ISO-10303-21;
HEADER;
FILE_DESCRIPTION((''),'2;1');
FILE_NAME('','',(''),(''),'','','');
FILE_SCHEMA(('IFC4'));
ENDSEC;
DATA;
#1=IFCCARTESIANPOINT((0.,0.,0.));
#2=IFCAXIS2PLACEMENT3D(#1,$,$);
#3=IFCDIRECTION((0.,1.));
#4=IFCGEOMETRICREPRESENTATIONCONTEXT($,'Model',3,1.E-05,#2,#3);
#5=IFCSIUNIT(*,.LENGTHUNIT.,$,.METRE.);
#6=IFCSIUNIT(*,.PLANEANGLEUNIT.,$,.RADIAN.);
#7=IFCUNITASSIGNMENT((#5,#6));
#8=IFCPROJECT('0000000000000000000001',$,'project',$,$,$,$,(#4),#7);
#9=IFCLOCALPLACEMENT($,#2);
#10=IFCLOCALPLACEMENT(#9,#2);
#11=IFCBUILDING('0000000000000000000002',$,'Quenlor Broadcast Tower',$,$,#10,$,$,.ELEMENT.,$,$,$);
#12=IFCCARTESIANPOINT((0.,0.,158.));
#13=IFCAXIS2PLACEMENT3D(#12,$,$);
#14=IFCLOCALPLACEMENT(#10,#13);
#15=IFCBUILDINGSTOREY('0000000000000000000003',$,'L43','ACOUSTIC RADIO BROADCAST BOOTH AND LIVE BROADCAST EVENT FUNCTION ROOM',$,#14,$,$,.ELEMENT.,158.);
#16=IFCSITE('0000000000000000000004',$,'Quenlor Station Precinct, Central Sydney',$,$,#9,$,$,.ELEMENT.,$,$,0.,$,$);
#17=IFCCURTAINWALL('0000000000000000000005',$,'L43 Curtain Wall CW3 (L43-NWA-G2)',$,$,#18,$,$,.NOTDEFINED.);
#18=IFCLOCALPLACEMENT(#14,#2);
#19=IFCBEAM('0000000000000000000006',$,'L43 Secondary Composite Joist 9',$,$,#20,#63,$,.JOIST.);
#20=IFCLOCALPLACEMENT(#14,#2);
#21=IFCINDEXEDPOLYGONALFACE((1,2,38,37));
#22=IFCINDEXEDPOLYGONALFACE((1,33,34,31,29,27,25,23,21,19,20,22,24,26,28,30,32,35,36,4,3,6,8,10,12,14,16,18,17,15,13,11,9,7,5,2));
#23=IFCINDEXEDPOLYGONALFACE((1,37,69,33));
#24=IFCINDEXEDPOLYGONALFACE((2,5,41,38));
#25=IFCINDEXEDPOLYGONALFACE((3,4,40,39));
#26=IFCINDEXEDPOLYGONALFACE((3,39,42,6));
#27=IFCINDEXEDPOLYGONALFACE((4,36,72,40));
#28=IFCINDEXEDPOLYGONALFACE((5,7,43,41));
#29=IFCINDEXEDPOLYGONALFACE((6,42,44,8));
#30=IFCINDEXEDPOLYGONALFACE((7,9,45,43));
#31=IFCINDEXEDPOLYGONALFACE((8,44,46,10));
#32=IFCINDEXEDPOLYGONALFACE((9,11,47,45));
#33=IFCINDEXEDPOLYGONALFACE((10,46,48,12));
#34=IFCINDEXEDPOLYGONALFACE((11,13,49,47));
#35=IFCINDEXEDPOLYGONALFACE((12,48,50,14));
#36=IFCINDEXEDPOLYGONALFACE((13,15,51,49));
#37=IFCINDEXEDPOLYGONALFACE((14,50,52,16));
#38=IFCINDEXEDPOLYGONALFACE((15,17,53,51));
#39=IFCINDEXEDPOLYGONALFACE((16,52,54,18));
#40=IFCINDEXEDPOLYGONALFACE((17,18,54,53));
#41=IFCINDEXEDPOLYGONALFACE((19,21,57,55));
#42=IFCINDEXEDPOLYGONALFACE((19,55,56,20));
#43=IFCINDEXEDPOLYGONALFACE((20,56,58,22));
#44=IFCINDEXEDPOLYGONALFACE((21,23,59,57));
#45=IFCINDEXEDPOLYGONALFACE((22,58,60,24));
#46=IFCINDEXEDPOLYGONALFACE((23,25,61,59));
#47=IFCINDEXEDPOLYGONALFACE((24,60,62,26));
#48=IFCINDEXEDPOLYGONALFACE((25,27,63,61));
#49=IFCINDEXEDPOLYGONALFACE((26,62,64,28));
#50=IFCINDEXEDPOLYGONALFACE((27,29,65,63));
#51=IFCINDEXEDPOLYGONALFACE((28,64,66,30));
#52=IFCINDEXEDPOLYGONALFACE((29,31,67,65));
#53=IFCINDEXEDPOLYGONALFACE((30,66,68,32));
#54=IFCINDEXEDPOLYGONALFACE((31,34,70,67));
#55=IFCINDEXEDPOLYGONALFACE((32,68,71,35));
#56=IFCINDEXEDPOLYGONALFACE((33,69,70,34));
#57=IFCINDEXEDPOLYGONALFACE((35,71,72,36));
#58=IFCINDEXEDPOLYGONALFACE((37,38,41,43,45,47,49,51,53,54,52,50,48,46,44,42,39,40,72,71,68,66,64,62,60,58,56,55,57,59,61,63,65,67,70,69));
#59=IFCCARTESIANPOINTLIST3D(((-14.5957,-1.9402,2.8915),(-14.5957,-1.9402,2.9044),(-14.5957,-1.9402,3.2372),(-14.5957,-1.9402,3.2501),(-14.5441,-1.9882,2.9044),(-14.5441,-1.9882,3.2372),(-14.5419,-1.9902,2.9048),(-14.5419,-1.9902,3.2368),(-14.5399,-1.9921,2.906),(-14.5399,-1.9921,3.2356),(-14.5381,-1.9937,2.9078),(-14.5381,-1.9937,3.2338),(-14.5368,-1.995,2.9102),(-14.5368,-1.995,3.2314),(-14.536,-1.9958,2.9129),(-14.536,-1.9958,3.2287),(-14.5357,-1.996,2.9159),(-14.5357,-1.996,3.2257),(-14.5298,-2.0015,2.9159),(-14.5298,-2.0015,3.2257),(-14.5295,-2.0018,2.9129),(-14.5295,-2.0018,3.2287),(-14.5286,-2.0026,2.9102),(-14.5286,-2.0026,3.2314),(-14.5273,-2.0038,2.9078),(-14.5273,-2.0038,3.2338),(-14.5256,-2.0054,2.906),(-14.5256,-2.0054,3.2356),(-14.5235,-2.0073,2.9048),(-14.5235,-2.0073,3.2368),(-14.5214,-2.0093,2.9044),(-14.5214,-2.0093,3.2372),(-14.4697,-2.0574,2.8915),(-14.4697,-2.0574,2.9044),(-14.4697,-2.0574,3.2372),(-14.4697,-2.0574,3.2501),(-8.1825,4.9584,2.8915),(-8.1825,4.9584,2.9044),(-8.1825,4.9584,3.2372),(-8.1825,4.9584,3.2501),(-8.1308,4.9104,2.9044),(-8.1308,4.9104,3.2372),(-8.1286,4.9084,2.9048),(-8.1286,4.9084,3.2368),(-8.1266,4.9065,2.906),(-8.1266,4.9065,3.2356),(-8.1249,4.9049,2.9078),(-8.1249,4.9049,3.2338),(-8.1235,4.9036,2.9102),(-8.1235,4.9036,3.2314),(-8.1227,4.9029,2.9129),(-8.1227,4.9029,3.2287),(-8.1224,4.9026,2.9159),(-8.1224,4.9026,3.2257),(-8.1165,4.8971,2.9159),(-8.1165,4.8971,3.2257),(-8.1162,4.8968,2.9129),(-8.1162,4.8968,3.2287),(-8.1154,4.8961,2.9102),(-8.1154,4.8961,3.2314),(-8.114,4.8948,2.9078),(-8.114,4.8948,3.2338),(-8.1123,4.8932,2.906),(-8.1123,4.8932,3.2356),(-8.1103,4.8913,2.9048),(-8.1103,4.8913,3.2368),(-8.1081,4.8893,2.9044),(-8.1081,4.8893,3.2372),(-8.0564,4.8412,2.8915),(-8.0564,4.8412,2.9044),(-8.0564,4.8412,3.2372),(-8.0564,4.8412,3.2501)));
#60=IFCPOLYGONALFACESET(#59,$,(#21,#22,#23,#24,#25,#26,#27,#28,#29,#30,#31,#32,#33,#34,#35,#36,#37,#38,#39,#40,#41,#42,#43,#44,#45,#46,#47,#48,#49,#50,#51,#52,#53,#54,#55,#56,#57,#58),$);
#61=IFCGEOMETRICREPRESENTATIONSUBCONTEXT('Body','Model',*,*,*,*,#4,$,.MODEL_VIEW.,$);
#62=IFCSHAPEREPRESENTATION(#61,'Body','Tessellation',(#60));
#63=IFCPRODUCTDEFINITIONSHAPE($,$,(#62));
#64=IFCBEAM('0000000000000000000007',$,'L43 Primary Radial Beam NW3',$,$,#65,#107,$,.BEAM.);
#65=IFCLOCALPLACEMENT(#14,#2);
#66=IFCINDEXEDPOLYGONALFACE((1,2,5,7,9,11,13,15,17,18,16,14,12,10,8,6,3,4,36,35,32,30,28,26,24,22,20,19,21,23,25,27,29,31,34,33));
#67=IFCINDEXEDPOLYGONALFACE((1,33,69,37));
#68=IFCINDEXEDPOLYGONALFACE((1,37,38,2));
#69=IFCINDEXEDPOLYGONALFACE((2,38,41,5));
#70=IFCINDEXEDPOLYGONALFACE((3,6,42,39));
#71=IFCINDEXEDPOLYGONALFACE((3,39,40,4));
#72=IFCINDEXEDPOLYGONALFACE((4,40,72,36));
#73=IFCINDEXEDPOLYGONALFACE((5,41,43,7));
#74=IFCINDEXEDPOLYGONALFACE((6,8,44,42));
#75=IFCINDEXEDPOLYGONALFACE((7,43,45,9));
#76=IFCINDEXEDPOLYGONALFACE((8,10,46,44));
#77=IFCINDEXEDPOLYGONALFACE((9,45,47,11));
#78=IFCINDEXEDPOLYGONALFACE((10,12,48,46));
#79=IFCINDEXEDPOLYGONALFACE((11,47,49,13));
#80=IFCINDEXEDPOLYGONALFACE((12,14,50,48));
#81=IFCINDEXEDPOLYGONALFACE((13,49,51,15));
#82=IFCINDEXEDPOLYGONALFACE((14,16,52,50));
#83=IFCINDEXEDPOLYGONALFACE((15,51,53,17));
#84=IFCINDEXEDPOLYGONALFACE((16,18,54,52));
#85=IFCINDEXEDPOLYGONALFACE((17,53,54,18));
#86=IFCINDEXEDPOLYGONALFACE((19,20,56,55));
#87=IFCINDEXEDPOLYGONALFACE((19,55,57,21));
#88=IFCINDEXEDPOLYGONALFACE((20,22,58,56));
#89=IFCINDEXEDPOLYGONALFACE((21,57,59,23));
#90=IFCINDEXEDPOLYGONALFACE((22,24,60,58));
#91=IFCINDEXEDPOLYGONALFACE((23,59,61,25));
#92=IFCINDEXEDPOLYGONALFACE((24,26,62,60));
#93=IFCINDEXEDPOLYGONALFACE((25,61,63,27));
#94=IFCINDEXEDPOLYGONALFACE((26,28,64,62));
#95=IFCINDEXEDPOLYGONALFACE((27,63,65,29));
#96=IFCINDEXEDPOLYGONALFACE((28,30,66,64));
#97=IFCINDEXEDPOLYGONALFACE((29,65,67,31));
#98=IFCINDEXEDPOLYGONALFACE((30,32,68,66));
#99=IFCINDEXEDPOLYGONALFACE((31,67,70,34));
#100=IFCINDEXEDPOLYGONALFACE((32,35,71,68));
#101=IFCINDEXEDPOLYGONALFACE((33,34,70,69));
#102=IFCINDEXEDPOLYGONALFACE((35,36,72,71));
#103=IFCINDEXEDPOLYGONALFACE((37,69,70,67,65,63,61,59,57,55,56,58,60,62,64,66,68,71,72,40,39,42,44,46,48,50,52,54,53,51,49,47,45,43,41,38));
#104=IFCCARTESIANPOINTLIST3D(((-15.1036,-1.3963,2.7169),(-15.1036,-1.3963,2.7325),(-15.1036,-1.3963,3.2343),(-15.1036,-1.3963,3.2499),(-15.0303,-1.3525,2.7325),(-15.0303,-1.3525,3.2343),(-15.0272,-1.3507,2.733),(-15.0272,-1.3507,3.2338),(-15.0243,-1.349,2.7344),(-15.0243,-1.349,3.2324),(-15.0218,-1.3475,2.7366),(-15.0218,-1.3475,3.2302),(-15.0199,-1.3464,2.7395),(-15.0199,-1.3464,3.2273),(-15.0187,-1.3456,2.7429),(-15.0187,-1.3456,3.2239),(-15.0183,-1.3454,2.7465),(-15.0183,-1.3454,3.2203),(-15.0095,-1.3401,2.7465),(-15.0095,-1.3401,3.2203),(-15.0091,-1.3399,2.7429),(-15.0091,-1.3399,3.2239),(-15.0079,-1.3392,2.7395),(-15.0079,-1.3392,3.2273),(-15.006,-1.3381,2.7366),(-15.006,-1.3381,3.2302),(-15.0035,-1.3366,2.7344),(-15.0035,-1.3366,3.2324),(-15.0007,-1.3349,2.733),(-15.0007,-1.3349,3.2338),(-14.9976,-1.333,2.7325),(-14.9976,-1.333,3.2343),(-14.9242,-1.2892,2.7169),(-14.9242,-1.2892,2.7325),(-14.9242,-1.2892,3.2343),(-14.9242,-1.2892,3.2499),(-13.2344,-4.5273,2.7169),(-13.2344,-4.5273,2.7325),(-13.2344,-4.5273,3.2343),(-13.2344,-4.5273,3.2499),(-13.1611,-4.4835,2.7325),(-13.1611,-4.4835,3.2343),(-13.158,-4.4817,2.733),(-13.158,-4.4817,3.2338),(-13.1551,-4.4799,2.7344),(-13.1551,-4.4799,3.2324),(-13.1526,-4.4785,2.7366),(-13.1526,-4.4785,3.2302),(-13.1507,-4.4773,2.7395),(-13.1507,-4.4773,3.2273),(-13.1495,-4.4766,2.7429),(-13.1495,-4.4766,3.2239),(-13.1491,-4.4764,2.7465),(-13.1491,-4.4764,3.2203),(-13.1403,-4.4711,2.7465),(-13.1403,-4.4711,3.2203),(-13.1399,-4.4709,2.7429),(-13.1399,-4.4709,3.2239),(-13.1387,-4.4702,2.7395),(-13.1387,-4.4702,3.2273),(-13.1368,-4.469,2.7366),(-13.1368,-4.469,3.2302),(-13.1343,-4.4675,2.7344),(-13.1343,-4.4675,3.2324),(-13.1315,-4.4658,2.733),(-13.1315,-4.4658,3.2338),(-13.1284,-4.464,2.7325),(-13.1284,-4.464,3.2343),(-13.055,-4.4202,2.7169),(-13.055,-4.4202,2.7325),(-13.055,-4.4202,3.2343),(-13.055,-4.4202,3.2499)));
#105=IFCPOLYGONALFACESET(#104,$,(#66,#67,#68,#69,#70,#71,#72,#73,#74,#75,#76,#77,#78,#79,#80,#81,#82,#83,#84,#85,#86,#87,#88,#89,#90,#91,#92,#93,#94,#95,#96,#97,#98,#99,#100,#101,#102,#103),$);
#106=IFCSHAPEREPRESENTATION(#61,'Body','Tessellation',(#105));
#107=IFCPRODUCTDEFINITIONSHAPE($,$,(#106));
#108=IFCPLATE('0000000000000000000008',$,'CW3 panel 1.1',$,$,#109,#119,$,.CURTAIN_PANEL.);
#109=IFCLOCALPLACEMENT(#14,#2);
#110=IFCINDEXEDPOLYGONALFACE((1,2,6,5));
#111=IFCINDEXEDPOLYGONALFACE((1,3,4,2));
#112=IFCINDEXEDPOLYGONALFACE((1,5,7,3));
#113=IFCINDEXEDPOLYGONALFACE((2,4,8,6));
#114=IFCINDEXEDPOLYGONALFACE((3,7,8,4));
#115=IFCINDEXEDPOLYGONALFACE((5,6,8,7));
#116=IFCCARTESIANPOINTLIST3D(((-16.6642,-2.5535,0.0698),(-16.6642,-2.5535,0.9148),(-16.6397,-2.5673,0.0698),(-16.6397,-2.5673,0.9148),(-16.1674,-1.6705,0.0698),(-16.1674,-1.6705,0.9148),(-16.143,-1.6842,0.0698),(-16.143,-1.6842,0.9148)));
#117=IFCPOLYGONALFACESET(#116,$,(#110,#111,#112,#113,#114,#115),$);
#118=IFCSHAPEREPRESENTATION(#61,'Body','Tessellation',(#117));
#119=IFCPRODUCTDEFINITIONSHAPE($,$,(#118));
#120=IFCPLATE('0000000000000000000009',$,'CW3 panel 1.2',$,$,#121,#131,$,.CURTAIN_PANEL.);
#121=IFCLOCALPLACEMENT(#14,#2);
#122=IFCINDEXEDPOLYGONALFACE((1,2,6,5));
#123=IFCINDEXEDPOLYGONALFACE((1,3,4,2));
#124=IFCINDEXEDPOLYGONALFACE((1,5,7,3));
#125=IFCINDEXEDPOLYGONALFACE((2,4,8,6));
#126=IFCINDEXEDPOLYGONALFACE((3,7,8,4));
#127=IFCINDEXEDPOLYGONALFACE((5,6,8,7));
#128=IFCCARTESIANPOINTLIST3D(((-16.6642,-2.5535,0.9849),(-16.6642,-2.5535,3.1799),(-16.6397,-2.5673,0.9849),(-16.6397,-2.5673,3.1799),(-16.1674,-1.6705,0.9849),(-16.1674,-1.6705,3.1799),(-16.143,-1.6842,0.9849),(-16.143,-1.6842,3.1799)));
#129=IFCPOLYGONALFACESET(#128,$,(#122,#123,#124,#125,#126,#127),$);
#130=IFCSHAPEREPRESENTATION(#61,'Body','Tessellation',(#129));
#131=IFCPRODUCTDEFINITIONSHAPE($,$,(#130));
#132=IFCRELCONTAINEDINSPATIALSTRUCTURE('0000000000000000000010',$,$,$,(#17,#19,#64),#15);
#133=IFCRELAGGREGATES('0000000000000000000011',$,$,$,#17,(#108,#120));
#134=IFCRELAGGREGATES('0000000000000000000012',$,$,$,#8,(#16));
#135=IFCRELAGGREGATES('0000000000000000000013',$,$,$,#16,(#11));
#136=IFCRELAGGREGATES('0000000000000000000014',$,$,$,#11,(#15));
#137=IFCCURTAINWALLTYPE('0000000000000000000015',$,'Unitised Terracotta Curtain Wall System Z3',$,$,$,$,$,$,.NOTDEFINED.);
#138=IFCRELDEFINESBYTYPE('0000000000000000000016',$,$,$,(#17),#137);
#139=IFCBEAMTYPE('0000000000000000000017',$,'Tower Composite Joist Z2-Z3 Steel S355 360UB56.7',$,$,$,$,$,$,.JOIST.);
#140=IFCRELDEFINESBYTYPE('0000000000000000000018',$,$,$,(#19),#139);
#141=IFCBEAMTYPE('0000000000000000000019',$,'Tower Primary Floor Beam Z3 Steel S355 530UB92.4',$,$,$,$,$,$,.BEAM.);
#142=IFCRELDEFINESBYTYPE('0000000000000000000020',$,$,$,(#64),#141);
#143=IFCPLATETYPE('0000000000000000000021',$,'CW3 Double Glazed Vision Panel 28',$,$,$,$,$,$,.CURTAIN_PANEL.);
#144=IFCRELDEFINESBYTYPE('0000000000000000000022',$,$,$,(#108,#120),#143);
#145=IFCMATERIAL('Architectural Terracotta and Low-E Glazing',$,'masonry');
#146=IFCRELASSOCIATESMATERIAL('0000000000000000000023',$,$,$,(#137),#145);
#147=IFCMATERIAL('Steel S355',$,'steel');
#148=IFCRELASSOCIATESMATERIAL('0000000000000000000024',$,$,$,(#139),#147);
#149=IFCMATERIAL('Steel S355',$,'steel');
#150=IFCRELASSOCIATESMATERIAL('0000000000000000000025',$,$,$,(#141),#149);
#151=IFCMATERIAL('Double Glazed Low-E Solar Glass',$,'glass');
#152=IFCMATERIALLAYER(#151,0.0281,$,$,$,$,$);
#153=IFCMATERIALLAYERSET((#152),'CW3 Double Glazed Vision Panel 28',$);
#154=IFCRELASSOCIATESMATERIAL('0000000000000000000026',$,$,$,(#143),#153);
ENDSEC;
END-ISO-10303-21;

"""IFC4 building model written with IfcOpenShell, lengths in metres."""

from ifc_helpers import new_model, si_unit, direction, frame, origin, origin_2d, place, context, subcontext, project, spatial, rectangle, i_section, extrude, material, layer, layer_set, material_profile, profile_set, type_object, element, aggregate, save


model = new_model("IFC4")

# Units and contexts
model_context = context("Model", 3, precision=1e-05, world=origin(), true_north=direction((0.0, 1.0)))
body_context = subcontext(model_context, "Body", "Model", "MODEL_VIEW")
ifc_project = project(units=[si_unit("LENGTHUNIT", "METRE"), si_unit("PLANEANGLEUNIT", "RADIAN")], contexts=[model_context])

# Site, building, storey
site_placement = place(None, origin())
site = spatial("IfcSite", under=ifc_project, at=site_placement, Name="Quenlor Station Precinct, Central Sydney", CompositionType="ELEMENT", RefElevation=0.0)
building_placement = place(site_placement, origin())
building = spatial("IfcBuilding", under=site, at=building_placement, Name="Quenlor Broadcast Tower", CompositionType="ELEMENT")
storey_placement = place(building_placement, frame((0.0, 0.0, 158.0)))
storey = spatial("IfcBuildingStorey", under=building, at=storey_placement, Name="L43", Description="ACOUSTIC RADIO BROADCAST BOOTH AND LIVE BROADCAST EVENT FUNCTION ROOM", CompositionType="ELEMENT", Elevation=158.0)

# Curtain wall
ifc_material_1 = material(Name="Architectural Terracotta and Low-E Glazing", Category="masonry")
curtain_wall_type = type_object("IfcCurtainWallType", Name="Unitised Terracotta Curtain Wall System Z3", PredefinedType="NOTDEFINED", material=ifc_material_1)
curtain_wall_placement = place(storey_placement, origin())
curtain_wall = element("IfcCurtainWall", 1, at=curtain_wall_placement, inside=storey, type_object=curtain_wall_type, Name="L43 Curtain Wall CW3 (L43-NWA-G2)", PredefinedType="NOTDEFINED")

# Beams
ifc_material_2 = material(Name="Steel S355", Category="steel")
ifc_material_profile_1 = material_profile(ifc_material_2, i_section(OverallWidth=0.1721, OverallDepth=0.3586, WebThickness=0.0081, FlangeThickness=0.0129, FilletRadius=0.0115, at=origin_2d()))
ifc_profile_set_1 = profile_set([ifc_material_profile_1], Name="Steel S355 360UB56.7")
beam_type_1 = type_object("IfcBeamType", Name="Tower Composite Joist Z2-Z3 Steel S355 360UB56.7", PredefinedType="JOIST", material=ifc_profile_set_1)
beam_1_placement = place(storey_placement, frame((-14.5327, -1.9988, 3.0708), z_axis=(0.680874, 0.732401, 0.0), x_axis=(-0.732401, 0.680874, 0.0)))
element("IfcBeam", 2, at=beam_1_placement, inside=storey, type_object=beam_type_1, Name="L43 Secondary Composite Joist 9", PredefinedType="JOIST", context=body_context, shape_type="SweptSolid", body=[
    extrude(i_section(OverallWidth=0.1721, OverallDepth=0.3586, WebThickness=0.0081, FlangeThickness=0.0129, FilletRadius=0.0115, at=origin_2d()), origin(), (0.0, 0.0, 1.0), 9.4192),
])
ifc_material_3 = material(Name="Steel S355", Category="steel")
ifc_material_profile_2 = material_profile(ifc_material_3, i_section(OverallWidth=0.209, OverallDepth=0.533, WebThickness=0.0103, FlangeThickness=0.0156, FilletRadius=0.0139, at=origin_2d()))
ifc_profile_set_2 = profile_set([ifc_material_profile_2], Name="Steel S355 530UB92.4")
beam_type_2 = type_object("IfcBeamType", Name="Tower Primary Floor Beam Z3 Steel S355 530UB92.4", PredefinedType="BEAM", material=ifc_profile_set_2)
beam_2_placement = place(storey_placement, frame((-15.0139, -1.3428, 2.9834), z_axis=(0.512604, -0.858625, 0.0), x_axis=(0.858625, 0.512604, 0.0)))
element("IfcBeam", 3, at=beam_2_placement, inside=storey, type_object=beam_type_2, Name="L43 Primary Radial Beam NW3", PredefinedType="BEAM", context=body_context, shape_type="SweptSolid", body=[
    extrude(i_section(OverallWidth=0.209, OverallDepth=0.533, WebThickness=0.0103, FlangeThickness=0.0156, FilletRadius=0.0139, at=origin_2d()), origin(), (0.0, 0.0, 1.0), 3.6465),
])

# Plates
ifc_material_4 = material(Name="Double Glazed Low-E Solar Glass", Category="glass")
ifc_layer_1 = layer(ifc_material_4, 0.0281)
ifc_layer_set_1 = layer_set([ifc_layer_1], Name="CW3 Double Glazed Vision Panel 28")
plate_type_1 = type_object("IfcPlateType", Name="CW3 Double Glazed Vision Panel 28", PredefinedType="CURTAIN_PANEL", material=ifc_layer_set_1)
plate_1_placement = place(storey_placement, frame((-16.4036, -2.1189, 0.0698), z_axis=(0.0, 0.0, 1.0), x_axis=(0.490253, 0.87158, 0.0)))
plate_1 = element("IfcPlate", 4, at=plate_1_placement, type_object=plate_type_1, Name="CW3 panel 1.1", PredefinedType="CURTAIN_PANEL", context=body_context, shape_type="SweptSolid", body=[
    extrude(rectangle(XDim=1.0132, YDim=0.0281, at=origin_2d()), origin(), (0.0, 0.0, 1.0), 0.845),
])
plate_2_placement = place(storey_placement, frame((-16.4036, -2.1189, 0.9849), z_axis=(0.0, 0.0, 1.0), x_axis=(0.490253, 0.87158, 0.0)))
plate_2 = element("IfcPlate", 5, at=plate_2_placement, type_object=plate_type_1, Name="CW3 panel 1.2", PredefinedType="CURTAIN_PANEL", context=body_context, shape_type="SweptSolid", body=[
    extrude(rectangle(XDim=1.0132, YDim=0.0281, at=origin_2d()), origin(), (0.0, 0.0, 1.0), 2.1951),
])
aggregate(curtain_wall, [plate_1, plate_2])

save(model, "model.ifc")
